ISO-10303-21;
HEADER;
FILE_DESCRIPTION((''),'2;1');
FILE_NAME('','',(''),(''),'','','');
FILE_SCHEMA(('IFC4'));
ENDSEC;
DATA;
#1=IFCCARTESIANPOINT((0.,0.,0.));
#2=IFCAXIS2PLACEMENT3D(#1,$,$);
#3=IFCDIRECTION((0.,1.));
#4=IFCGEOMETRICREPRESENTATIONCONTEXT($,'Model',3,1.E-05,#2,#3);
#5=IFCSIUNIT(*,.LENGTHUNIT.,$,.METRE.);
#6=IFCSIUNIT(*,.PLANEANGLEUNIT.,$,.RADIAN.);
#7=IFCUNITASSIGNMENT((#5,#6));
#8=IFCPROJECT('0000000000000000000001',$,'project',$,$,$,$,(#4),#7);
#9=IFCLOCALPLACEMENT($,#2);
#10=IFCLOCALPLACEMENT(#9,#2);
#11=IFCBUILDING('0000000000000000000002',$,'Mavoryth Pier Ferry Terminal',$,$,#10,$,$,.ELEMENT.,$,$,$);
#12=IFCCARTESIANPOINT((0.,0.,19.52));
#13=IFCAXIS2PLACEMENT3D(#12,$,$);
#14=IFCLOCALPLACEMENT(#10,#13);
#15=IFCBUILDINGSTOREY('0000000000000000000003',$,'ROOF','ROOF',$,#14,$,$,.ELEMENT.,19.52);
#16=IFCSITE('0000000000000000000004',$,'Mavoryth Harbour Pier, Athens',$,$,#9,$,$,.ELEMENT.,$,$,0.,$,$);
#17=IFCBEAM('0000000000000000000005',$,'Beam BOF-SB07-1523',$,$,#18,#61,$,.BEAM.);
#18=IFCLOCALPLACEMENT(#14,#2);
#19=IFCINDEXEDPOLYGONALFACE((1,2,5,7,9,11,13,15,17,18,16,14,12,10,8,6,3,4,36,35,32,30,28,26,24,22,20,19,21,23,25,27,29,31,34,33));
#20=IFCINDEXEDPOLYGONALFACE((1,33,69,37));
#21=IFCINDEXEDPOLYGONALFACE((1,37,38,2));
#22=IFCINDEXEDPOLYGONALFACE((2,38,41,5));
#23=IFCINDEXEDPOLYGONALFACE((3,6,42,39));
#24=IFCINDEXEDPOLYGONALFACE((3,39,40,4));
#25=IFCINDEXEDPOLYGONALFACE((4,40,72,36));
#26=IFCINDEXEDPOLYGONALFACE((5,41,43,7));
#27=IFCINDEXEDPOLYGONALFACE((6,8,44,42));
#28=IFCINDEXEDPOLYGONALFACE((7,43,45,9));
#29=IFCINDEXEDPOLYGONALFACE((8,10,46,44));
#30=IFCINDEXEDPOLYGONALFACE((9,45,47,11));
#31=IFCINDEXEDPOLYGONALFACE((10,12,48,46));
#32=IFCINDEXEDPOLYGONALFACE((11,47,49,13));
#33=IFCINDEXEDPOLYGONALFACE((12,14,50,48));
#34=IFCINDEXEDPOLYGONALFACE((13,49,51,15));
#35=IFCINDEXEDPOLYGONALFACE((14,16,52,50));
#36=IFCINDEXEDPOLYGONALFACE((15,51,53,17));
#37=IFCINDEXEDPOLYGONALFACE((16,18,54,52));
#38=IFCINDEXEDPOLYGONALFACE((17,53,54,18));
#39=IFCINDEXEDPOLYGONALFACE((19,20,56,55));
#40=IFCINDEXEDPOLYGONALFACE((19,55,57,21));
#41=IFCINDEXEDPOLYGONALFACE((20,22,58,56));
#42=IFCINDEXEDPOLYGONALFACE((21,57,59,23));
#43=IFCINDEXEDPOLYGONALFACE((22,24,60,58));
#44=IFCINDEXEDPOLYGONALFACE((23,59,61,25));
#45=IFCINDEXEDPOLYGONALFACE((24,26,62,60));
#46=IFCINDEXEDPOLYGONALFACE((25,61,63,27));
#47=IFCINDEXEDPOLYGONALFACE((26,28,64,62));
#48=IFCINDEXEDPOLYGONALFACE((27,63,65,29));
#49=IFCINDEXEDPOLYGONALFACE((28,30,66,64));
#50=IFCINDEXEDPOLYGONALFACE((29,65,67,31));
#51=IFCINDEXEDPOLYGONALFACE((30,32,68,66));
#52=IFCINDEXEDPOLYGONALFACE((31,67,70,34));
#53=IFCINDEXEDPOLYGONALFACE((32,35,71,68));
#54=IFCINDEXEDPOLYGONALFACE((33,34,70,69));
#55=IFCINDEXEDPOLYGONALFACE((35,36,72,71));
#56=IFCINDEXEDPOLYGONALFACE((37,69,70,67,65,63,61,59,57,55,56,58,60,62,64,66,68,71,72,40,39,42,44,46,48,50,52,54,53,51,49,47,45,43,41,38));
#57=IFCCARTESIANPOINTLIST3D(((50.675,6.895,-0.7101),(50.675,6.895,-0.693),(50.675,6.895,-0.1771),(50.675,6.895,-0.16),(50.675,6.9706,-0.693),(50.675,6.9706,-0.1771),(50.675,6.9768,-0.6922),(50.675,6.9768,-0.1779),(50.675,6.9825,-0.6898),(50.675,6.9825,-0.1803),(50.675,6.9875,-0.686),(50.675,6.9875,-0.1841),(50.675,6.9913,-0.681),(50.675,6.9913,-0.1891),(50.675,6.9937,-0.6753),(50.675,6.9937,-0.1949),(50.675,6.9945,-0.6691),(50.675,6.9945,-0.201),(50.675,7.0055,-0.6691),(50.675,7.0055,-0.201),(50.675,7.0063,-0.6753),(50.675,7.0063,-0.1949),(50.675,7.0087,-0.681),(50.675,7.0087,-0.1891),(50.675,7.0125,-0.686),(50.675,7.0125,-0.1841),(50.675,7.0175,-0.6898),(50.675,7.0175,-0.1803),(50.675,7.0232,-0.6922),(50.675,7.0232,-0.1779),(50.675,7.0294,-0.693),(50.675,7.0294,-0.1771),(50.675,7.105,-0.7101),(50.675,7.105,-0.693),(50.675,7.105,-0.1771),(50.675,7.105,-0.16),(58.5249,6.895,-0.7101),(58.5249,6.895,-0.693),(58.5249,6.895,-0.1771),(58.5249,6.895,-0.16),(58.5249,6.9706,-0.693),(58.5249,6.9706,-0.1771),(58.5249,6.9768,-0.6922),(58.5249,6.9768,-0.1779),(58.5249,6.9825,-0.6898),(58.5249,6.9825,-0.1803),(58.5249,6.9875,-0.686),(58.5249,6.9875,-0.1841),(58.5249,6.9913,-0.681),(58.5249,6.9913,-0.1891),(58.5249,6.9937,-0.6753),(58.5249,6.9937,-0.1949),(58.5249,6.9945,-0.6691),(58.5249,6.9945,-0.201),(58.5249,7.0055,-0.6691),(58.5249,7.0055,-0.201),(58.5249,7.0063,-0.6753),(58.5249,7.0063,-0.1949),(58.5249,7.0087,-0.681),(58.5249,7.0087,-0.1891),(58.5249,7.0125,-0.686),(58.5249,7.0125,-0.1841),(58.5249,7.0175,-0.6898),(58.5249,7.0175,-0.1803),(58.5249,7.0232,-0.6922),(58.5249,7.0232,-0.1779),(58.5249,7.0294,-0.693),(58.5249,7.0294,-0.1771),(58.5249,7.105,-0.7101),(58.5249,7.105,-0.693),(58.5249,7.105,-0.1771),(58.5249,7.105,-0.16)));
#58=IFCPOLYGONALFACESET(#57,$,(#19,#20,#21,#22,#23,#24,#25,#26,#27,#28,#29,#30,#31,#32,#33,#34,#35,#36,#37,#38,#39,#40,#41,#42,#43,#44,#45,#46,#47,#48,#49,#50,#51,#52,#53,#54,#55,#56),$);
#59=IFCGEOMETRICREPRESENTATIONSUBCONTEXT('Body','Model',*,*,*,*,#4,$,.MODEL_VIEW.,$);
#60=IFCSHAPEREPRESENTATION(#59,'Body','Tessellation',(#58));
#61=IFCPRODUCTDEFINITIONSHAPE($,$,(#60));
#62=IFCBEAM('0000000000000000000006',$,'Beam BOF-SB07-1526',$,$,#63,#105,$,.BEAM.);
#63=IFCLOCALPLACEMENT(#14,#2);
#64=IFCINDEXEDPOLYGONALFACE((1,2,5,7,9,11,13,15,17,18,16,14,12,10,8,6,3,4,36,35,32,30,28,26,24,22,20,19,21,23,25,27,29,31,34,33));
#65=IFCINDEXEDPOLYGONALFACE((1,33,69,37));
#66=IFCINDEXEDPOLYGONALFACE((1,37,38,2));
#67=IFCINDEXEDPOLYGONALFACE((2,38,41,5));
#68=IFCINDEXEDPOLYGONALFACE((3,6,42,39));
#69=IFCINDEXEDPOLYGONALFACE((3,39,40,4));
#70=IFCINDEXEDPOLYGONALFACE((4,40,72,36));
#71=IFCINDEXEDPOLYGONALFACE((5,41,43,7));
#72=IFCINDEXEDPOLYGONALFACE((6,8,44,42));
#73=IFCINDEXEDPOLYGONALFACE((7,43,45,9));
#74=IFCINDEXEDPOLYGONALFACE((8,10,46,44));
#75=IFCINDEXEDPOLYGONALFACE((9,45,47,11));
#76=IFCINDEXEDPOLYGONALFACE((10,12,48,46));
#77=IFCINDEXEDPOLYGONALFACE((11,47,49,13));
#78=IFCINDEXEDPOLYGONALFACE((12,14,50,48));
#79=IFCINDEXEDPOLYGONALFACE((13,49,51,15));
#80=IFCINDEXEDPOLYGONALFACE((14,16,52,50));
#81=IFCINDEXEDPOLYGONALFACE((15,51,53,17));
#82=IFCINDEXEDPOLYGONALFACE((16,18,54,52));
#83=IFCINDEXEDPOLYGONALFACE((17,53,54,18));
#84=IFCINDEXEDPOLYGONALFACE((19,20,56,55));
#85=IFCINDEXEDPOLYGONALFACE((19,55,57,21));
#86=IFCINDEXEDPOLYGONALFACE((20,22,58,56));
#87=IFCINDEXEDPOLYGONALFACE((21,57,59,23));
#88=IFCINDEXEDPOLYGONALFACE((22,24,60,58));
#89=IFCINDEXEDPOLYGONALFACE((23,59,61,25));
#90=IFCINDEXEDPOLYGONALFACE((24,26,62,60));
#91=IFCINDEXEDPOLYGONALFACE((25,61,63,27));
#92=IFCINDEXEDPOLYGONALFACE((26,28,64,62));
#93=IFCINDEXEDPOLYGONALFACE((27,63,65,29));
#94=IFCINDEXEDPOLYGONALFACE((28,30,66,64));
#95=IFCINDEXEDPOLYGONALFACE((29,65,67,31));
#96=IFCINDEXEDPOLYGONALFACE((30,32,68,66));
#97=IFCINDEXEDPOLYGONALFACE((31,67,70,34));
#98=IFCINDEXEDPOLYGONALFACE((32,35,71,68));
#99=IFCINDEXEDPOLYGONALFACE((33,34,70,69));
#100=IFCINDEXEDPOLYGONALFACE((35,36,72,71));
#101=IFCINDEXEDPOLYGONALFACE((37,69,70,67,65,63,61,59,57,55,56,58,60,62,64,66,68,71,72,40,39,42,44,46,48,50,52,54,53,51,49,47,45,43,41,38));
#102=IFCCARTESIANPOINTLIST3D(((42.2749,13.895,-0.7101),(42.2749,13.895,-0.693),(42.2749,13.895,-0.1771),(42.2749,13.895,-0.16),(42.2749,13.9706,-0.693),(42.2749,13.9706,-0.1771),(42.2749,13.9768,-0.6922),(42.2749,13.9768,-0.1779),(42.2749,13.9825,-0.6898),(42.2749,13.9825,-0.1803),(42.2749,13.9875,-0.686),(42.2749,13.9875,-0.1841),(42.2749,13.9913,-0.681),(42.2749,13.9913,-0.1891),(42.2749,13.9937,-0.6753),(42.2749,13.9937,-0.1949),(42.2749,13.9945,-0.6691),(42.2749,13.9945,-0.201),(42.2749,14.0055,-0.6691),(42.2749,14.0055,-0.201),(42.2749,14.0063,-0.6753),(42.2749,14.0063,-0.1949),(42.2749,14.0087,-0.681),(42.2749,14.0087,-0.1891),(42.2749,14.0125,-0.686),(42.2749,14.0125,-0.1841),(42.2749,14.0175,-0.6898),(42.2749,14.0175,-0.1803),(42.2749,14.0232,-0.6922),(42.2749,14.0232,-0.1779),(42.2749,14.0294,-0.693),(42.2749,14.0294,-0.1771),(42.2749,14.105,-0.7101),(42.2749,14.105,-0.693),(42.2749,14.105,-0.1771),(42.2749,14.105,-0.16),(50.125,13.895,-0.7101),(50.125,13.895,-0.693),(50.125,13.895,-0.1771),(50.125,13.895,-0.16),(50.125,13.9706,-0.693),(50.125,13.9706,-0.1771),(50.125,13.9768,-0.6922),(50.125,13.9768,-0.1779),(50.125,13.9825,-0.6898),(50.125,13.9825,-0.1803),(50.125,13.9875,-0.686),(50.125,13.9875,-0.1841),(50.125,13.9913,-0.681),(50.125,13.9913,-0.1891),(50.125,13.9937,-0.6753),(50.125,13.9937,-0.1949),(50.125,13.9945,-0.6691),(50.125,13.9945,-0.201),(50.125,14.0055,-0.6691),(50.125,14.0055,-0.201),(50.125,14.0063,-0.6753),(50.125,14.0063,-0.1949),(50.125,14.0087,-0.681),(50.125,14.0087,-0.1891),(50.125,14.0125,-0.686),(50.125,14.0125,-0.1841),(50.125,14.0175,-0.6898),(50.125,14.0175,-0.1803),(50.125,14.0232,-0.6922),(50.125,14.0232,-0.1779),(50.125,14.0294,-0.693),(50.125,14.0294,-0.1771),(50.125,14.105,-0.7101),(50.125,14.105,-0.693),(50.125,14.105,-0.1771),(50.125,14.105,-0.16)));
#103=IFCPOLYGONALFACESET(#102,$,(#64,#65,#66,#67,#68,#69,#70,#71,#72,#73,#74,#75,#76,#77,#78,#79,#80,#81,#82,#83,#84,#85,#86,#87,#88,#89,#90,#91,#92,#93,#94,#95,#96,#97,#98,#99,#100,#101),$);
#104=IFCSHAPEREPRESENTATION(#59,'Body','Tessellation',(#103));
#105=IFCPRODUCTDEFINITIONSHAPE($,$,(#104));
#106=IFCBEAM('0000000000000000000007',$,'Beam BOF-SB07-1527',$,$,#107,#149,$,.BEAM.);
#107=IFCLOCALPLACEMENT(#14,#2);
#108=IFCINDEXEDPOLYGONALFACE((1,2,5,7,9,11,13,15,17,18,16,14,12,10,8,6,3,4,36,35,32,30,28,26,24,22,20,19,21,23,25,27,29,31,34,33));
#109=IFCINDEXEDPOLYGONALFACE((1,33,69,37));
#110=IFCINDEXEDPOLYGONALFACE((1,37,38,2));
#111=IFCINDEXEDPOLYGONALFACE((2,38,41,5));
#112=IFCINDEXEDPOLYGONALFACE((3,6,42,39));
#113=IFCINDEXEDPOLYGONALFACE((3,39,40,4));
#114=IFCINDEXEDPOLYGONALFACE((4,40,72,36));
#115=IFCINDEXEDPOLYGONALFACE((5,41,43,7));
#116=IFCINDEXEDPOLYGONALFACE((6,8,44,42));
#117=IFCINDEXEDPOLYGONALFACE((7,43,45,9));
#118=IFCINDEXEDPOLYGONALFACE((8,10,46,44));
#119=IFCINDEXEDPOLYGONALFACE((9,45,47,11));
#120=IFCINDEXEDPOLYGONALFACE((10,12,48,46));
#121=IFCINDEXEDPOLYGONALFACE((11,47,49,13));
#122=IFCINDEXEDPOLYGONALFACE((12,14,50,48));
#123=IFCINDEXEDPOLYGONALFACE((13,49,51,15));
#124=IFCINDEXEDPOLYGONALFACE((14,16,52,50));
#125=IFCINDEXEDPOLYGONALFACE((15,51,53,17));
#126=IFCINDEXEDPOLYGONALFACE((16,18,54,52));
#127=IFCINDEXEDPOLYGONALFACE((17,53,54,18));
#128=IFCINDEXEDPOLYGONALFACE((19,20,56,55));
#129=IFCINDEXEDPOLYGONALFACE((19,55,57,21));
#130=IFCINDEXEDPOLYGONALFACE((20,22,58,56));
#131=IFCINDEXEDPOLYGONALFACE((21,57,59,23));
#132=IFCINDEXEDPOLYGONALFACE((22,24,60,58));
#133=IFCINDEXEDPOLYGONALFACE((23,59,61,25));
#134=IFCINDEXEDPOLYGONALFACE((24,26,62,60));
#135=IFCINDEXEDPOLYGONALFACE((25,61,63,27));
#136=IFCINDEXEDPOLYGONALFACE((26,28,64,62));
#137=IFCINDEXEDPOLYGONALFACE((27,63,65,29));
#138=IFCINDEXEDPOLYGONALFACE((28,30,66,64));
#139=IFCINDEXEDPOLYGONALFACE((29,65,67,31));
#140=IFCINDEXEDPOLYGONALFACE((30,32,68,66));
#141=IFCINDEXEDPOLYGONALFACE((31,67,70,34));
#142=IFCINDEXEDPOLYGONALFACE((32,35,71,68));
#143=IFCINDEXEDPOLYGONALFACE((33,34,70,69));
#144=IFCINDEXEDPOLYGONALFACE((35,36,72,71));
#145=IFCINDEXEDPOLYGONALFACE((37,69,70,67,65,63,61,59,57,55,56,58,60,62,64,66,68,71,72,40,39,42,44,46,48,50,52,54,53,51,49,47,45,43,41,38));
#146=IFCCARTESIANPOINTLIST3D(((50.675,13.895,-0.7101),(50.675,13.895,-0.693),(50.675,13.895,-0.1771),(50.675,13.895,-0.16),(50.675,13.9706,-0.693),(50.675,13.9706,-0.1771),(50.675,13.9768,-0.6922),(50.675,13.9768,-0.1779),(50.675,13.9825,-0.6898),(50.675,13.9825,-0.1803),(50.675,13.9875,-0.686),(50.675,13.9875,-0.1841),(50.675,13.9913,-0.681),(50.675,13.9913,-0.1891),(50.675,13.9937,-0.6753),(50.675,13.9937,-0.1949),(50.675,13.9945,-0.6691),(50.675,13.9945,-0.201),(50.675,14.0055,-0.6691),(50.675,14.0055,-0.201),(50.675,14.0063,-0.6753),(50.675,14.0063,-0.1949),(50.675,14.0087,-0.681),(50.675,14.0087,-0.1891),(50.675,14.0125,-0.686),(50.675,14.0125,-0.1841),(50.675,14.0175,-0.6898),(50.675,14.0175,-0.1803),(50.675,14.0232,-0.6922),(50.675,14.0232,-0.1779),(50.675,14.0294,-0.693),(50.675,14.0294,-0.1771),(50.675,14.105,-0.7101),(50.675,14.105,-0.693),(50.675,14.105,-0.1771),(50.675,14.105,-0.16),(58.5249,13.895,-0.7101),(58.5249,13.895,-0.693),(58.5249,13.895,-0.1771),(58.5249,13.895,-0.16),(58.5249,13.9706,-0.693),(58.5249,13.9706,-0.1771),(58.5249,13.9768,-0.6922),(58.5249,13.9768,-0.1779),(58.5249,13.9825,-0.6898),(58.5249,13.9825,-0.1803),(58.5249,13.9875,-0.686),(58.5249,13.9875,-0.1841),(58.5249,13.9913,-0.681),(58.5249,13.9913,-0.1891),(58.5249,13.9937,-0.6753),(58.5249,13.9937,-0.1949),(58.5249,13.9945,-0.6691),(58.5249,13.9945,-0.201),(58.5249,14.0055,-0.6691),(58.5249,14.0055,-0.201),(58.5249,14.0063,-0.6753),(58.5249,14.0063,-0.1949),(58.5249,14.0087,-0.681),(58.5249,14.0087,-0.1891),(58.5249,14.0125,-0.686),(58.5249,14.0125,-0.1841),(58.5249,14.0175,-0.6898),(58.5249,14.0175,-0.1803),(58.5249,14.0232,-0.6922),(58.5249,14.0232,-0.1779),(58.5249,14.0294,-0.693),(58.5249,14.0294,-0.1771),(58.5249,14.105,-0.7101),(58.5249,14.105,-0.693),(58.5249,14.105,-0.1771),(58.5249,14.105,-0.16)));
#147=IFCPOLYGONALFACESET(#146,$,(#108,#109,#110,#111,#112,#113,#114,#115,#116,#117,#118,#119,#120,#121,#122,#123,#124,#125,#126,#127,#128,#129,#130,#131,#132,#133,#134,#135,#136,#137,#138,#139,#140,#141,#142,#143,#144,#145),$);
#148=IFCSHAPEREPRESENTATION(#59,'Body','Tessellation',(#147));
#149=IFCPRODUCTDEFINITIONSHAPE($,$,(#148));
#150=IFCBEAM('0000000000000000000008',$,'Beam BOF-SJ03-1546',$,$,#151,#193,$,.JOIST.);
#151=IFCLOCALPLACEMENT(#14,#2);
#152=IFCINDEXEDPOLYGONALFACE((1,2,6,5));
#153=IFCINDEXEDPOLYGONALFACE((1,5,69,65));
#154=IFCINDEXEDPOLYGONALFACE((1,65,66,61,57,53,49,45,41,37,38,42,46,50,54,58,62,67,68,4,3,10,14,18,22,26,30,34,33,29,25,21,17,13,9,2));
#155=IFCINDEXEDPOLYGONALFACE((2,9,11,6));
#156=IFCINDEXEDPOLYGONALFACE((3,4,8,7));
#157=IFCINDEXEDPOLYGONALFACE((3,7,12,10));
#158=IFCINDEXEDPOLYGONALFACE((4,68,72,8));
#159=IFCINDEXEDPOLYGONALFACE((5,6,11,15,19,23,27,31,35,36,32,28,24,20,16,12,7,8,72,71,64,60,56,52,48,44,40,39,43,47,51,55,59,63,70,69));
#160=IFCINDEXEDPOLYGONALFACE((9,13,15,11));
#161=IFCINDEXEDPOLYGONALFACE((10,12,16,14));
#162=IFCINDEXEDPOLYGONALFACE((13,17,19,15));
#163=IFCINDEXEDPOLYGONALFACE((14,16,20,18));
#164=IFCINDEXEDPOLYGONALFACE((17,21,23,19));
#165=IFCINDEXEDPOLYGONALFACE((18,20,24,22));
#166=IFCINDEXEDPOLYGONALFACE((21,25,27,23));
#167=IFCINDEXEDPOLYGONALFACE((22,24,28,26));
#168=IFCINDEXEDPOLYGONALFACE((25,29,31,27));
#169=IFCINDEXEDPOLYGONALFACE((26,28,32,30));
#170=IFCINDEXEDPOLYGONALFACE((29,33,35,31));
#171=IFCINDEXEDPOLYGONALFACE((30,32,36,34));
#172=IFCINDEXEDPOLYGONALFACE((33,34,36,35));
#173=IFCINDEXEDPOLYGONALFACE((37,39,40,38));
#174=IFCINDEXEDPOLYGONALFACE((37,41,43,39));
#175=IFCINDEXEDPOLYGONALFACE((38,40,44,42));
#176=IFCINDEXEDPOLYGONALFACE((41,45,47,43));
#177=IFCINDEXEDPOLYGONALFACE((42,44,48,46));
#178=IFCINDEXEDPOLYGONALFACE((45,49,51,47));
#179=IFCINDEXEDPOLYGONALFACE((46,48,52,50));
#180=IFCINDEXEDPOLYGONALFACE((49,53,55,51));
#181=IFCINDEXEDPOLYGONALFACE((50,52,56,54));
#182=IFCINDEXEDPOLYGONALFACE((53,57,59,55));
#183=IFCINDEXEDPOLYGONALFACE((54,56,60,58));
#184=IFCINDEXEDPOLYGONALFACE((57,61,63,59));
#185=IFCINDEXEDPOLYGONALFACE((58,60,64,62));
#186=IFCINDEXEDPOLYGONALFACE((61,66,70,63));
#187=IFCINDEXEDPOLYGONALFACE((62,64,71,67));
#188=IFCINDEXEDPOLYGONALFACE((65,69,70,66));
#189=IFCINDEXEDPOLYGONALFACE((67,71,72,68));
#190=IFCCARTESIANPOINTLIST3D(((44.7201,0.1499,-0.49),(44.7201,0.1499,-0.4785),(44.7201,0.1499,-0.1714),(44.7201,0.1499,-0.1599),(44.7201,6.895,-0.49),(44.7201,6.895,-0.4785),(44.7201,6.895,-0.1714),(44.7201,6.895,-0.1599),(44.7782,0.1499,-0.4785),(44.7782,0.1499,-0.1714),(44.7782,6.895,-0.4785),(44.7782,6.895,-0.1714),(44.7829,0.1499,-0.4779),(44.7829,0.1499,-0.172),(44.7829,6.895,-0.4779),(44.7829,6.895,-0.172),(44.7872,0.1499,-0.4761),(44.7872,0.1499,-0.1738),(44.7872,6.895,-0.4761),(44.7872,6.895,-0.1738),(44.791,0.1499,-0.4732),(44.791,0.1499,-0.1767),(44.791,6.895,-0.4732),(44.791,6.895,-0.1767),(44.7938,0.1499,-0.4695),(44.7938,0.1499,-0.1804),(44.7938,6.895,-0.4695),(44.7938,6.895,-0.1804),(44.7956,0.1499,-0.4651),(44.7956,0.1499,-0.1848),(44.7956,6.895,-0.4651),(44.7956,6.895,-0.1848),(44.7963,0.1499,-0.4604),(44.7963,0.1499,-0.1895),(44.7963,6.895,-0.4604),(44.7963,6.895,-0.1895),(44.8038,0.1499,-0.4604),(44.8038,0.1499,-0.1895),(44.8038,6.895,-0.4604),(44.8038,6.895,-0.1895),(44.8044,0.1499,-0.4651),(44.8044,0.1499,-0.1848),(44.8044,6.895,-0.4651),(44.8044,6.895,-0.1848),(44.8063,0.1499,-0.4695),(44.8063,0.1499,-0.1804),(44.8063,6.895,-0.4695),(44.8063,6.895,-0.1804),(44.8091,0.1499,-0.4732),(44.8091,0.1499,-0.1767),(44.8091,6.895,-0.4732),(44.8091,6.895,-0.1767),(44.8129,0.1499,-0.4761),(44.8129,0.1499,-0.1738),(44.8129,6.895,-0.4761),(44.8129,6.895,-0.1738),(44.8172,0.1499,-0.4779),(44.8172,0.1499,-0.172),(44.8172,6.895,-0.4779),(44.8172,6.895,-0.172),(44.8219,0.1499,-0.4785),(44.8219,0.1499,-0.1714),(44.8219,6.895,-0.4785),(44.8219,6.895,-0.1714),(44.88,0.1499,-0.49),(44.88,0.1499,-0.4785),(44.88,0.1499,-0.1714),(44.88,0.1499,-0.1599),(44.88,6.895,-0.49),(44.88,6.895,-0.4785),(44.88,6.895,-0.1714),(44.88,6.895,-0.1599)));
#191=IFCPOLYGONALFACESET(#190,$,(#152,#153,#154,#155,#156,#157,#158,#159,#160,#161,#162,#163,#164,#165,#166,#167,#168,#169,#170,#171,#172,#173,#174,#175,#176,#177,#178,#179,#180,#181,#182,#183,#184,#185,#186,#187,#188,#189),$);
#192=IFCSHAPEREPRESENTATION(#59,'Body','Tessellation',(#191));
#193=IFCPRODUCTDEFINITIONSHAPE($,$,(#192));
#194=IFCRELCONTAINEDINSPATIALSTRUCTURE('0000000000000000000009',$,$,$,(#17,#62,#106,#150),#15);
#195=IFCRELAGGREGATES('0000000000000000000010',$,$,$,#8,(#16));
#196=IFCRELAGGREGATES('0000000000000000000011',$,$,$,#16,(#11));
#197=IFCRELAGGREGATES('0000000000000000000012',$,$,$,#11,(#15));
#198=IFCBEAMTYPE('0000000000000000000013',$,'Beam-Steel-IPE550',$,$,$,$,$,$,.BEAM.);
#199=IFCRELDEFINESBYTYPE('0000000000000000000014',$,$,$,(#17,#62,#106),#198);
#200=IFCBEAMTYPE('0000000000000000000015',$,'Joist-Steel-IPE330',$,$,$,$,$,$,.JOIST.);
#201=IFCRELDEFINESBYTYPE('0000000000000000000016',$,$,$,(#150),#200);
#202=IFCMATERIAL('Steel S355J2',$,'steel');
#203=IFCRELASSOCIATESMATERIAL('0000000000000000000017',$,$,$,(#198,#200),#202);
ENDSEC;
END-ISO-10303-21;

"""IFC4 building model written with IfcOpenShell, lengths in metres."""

from ifc_helpers import new_model, si_unit, direction, frame, origin, origin_2d, place, context, subcontext, project, spatial, i_section, extrude, material, material_profile, profile_set, type_object, element, save


model = new_model("IFC4")

# Units and contexts
model_context = context("Model", 3, precision=1e-05, world=origin(), true_north=direction((0.0, 1.0)))
body_context = subcontext(model_context, "Body", "Model", "MODEL_VIEW")
ifc_project = project(units=[si_unit("LENGTHUNIT", "METRE"), si_unit("PLANEANGLEUNIT", "RADIAN")], contexts=[model_context])

# Site, building, storey
site_placement = place(None, origin())
site = spatial("IfcSite", under=ifc_project, at=site_placement, Name="Mavoryth Harbour Pier, Athens", CompositionType="ELEMENT", RefElevation=0.0)
building_placement = place(site_placement, origin())
building = spatial("IfcBuilding", under=site, at=building_placement, Name="Mavoryth Pier Ferry Terminal", CompositionType="ELEMENT")
storey_placement = place(building_placement, frame((0.0, 0.0, 19.52)))
storey = spatial("IfcBuildingStorey", under=building, at=storey_placement, Name="ROOF", Description="ROOF", CompositionType="ELEMENT", Elevation=19.52)

# Beams
ifc_material_1 = material(Name="Steel S355J2", Category="steel")
ifc_material_profile_1 = material_profile(ifc_material_1, i_section(OverallWidth=0.21, OverallDepth=0.55, WebThickness=0.011, FlangeThickness=0.0171, FilletRadius=0.0239, at=origin_2d()), Name="IPE 550", Category="steel")
ifc_profile_set_1 = profile_set([ifc_material_profile_1], Name="Steel S355J2 - IPE 550")
beam_type_1 = type_object("IfcBeamType", Name="Beam-Steel-IPE550", PredefinedType="BEAM", material=ifc_profile_set_1)
beam_1_placement = place(storey_placement, frame((50.675, 7.0, -0.4351), z_axis=(1.0, 0.0, 0.0), x_axis=(0.0, 1.0, 0.0)))
element("IfcBeam", 1, at=beam_1_placement, inside=storey, type_object=beam_type_1, Name="Beam BOF-SB07-1523", PredefinedType="BEAM", context=body_context, shape_type="SweptSolid", body=[
    extrude(i_section(OverallWidth=0.21, OverallDepth=0.55, WebThickness=0.011, FlangeThickness=0.0171, FilletRadius=0.0239, at=origin_2d()), origin(), (0.0, 0.0, 1.0), 7.8499),
])
beam_2_placement = place(storey_placement, frame((42.2749, 14.0, -0.4351), z_axis=(1.0, 0.0, 0.0), x_axis=(0.0, 1.0, 0.0)))
element("IfcBeam", 2, at=beam_2_placement, inside=storey, type_object=beam_type_1, Name="Beam BOF-SB07-1526", PredefinedType="BEAM", context=body_context, shape_type="SweptSolid", body=[
    extrude(i_section(OverallWidth=0.21, OverallDepth=0.55, WebThickness=0.011, FlangeThickness=0.0171, FilletRadius=0.0239, at=origin_2d()), origin(), (0.0, 0.0, 1.0), 7.8501),
])
beam_3_placement = place(storey_placement, frame((50.675, 14.0, -0.4351), z_axis=(1.0, 0.0, 0.0), x_axis=(0.0, 1.0, 0.0)))
element("IfcBeam", 3, at=beam_3_placement, inside=storey, type_object=beam_type_1, Name="Beam BOF-SB07-1527", PredefinedType="BEAM", context=body_context, shape_type="SweptSolid", body=[
    extrude(i_section(OverallWidth=0.21, OverallDepth=0.55, WebThickness=0.011, FlangeThickness=0.0171, FilletRadius=0.0239, at=origin_2d()), origin(), (0.0, 0.0, 1.0), 7.8499),
])
ifc_material_profile_2 = material_profile(ifc_material_1, i_section(OverallWidth=0.1599, OverallDepth=0.3301, WebThickness=0.0076, FlangeThickness=0.0115, FilletRadius=0.0181, at=origin_2d()), Name="IPE 330", Category="steel")
ifc_profile_set_2 = profile_set([ifc_material_profile_2], Name="Steel S355J2 - IPE 330")
beam_type_2 = type_object("IfcBeamType", Name="Joist-Steel-IPE330", PredefinedType="JOIST", material=ifc_profile_set_2)
for number, where, z_axis, x_axis, name in (
    (4, (44.8, 0.1499, -0.325), (0.0, 1.0, 0.0), (-1.0, 0.0, 0.0), "Beam BOF-SJ03-1546"),
):
    element("IfcBeam", number, at=place(storey_placement, frame(where, z_axis=z_axis, x_axis=x_axis)), inside=storey, type_object=beam_type_2, Name=name, PredefinedType="JOIST", context=body_context, shape_type="SweptSolid", body=[
        extrude(i_section(OverallWidth=0.1599, OverallDepth=0.3301, WebThickness=0.0076, FlangeThickness=0.0115, FilletRadius=0.0181, at=origin_2d()), origin(), (0.0, 0.0, 1.0), 6.7451),
    ])

save(model, "model.ifc")
